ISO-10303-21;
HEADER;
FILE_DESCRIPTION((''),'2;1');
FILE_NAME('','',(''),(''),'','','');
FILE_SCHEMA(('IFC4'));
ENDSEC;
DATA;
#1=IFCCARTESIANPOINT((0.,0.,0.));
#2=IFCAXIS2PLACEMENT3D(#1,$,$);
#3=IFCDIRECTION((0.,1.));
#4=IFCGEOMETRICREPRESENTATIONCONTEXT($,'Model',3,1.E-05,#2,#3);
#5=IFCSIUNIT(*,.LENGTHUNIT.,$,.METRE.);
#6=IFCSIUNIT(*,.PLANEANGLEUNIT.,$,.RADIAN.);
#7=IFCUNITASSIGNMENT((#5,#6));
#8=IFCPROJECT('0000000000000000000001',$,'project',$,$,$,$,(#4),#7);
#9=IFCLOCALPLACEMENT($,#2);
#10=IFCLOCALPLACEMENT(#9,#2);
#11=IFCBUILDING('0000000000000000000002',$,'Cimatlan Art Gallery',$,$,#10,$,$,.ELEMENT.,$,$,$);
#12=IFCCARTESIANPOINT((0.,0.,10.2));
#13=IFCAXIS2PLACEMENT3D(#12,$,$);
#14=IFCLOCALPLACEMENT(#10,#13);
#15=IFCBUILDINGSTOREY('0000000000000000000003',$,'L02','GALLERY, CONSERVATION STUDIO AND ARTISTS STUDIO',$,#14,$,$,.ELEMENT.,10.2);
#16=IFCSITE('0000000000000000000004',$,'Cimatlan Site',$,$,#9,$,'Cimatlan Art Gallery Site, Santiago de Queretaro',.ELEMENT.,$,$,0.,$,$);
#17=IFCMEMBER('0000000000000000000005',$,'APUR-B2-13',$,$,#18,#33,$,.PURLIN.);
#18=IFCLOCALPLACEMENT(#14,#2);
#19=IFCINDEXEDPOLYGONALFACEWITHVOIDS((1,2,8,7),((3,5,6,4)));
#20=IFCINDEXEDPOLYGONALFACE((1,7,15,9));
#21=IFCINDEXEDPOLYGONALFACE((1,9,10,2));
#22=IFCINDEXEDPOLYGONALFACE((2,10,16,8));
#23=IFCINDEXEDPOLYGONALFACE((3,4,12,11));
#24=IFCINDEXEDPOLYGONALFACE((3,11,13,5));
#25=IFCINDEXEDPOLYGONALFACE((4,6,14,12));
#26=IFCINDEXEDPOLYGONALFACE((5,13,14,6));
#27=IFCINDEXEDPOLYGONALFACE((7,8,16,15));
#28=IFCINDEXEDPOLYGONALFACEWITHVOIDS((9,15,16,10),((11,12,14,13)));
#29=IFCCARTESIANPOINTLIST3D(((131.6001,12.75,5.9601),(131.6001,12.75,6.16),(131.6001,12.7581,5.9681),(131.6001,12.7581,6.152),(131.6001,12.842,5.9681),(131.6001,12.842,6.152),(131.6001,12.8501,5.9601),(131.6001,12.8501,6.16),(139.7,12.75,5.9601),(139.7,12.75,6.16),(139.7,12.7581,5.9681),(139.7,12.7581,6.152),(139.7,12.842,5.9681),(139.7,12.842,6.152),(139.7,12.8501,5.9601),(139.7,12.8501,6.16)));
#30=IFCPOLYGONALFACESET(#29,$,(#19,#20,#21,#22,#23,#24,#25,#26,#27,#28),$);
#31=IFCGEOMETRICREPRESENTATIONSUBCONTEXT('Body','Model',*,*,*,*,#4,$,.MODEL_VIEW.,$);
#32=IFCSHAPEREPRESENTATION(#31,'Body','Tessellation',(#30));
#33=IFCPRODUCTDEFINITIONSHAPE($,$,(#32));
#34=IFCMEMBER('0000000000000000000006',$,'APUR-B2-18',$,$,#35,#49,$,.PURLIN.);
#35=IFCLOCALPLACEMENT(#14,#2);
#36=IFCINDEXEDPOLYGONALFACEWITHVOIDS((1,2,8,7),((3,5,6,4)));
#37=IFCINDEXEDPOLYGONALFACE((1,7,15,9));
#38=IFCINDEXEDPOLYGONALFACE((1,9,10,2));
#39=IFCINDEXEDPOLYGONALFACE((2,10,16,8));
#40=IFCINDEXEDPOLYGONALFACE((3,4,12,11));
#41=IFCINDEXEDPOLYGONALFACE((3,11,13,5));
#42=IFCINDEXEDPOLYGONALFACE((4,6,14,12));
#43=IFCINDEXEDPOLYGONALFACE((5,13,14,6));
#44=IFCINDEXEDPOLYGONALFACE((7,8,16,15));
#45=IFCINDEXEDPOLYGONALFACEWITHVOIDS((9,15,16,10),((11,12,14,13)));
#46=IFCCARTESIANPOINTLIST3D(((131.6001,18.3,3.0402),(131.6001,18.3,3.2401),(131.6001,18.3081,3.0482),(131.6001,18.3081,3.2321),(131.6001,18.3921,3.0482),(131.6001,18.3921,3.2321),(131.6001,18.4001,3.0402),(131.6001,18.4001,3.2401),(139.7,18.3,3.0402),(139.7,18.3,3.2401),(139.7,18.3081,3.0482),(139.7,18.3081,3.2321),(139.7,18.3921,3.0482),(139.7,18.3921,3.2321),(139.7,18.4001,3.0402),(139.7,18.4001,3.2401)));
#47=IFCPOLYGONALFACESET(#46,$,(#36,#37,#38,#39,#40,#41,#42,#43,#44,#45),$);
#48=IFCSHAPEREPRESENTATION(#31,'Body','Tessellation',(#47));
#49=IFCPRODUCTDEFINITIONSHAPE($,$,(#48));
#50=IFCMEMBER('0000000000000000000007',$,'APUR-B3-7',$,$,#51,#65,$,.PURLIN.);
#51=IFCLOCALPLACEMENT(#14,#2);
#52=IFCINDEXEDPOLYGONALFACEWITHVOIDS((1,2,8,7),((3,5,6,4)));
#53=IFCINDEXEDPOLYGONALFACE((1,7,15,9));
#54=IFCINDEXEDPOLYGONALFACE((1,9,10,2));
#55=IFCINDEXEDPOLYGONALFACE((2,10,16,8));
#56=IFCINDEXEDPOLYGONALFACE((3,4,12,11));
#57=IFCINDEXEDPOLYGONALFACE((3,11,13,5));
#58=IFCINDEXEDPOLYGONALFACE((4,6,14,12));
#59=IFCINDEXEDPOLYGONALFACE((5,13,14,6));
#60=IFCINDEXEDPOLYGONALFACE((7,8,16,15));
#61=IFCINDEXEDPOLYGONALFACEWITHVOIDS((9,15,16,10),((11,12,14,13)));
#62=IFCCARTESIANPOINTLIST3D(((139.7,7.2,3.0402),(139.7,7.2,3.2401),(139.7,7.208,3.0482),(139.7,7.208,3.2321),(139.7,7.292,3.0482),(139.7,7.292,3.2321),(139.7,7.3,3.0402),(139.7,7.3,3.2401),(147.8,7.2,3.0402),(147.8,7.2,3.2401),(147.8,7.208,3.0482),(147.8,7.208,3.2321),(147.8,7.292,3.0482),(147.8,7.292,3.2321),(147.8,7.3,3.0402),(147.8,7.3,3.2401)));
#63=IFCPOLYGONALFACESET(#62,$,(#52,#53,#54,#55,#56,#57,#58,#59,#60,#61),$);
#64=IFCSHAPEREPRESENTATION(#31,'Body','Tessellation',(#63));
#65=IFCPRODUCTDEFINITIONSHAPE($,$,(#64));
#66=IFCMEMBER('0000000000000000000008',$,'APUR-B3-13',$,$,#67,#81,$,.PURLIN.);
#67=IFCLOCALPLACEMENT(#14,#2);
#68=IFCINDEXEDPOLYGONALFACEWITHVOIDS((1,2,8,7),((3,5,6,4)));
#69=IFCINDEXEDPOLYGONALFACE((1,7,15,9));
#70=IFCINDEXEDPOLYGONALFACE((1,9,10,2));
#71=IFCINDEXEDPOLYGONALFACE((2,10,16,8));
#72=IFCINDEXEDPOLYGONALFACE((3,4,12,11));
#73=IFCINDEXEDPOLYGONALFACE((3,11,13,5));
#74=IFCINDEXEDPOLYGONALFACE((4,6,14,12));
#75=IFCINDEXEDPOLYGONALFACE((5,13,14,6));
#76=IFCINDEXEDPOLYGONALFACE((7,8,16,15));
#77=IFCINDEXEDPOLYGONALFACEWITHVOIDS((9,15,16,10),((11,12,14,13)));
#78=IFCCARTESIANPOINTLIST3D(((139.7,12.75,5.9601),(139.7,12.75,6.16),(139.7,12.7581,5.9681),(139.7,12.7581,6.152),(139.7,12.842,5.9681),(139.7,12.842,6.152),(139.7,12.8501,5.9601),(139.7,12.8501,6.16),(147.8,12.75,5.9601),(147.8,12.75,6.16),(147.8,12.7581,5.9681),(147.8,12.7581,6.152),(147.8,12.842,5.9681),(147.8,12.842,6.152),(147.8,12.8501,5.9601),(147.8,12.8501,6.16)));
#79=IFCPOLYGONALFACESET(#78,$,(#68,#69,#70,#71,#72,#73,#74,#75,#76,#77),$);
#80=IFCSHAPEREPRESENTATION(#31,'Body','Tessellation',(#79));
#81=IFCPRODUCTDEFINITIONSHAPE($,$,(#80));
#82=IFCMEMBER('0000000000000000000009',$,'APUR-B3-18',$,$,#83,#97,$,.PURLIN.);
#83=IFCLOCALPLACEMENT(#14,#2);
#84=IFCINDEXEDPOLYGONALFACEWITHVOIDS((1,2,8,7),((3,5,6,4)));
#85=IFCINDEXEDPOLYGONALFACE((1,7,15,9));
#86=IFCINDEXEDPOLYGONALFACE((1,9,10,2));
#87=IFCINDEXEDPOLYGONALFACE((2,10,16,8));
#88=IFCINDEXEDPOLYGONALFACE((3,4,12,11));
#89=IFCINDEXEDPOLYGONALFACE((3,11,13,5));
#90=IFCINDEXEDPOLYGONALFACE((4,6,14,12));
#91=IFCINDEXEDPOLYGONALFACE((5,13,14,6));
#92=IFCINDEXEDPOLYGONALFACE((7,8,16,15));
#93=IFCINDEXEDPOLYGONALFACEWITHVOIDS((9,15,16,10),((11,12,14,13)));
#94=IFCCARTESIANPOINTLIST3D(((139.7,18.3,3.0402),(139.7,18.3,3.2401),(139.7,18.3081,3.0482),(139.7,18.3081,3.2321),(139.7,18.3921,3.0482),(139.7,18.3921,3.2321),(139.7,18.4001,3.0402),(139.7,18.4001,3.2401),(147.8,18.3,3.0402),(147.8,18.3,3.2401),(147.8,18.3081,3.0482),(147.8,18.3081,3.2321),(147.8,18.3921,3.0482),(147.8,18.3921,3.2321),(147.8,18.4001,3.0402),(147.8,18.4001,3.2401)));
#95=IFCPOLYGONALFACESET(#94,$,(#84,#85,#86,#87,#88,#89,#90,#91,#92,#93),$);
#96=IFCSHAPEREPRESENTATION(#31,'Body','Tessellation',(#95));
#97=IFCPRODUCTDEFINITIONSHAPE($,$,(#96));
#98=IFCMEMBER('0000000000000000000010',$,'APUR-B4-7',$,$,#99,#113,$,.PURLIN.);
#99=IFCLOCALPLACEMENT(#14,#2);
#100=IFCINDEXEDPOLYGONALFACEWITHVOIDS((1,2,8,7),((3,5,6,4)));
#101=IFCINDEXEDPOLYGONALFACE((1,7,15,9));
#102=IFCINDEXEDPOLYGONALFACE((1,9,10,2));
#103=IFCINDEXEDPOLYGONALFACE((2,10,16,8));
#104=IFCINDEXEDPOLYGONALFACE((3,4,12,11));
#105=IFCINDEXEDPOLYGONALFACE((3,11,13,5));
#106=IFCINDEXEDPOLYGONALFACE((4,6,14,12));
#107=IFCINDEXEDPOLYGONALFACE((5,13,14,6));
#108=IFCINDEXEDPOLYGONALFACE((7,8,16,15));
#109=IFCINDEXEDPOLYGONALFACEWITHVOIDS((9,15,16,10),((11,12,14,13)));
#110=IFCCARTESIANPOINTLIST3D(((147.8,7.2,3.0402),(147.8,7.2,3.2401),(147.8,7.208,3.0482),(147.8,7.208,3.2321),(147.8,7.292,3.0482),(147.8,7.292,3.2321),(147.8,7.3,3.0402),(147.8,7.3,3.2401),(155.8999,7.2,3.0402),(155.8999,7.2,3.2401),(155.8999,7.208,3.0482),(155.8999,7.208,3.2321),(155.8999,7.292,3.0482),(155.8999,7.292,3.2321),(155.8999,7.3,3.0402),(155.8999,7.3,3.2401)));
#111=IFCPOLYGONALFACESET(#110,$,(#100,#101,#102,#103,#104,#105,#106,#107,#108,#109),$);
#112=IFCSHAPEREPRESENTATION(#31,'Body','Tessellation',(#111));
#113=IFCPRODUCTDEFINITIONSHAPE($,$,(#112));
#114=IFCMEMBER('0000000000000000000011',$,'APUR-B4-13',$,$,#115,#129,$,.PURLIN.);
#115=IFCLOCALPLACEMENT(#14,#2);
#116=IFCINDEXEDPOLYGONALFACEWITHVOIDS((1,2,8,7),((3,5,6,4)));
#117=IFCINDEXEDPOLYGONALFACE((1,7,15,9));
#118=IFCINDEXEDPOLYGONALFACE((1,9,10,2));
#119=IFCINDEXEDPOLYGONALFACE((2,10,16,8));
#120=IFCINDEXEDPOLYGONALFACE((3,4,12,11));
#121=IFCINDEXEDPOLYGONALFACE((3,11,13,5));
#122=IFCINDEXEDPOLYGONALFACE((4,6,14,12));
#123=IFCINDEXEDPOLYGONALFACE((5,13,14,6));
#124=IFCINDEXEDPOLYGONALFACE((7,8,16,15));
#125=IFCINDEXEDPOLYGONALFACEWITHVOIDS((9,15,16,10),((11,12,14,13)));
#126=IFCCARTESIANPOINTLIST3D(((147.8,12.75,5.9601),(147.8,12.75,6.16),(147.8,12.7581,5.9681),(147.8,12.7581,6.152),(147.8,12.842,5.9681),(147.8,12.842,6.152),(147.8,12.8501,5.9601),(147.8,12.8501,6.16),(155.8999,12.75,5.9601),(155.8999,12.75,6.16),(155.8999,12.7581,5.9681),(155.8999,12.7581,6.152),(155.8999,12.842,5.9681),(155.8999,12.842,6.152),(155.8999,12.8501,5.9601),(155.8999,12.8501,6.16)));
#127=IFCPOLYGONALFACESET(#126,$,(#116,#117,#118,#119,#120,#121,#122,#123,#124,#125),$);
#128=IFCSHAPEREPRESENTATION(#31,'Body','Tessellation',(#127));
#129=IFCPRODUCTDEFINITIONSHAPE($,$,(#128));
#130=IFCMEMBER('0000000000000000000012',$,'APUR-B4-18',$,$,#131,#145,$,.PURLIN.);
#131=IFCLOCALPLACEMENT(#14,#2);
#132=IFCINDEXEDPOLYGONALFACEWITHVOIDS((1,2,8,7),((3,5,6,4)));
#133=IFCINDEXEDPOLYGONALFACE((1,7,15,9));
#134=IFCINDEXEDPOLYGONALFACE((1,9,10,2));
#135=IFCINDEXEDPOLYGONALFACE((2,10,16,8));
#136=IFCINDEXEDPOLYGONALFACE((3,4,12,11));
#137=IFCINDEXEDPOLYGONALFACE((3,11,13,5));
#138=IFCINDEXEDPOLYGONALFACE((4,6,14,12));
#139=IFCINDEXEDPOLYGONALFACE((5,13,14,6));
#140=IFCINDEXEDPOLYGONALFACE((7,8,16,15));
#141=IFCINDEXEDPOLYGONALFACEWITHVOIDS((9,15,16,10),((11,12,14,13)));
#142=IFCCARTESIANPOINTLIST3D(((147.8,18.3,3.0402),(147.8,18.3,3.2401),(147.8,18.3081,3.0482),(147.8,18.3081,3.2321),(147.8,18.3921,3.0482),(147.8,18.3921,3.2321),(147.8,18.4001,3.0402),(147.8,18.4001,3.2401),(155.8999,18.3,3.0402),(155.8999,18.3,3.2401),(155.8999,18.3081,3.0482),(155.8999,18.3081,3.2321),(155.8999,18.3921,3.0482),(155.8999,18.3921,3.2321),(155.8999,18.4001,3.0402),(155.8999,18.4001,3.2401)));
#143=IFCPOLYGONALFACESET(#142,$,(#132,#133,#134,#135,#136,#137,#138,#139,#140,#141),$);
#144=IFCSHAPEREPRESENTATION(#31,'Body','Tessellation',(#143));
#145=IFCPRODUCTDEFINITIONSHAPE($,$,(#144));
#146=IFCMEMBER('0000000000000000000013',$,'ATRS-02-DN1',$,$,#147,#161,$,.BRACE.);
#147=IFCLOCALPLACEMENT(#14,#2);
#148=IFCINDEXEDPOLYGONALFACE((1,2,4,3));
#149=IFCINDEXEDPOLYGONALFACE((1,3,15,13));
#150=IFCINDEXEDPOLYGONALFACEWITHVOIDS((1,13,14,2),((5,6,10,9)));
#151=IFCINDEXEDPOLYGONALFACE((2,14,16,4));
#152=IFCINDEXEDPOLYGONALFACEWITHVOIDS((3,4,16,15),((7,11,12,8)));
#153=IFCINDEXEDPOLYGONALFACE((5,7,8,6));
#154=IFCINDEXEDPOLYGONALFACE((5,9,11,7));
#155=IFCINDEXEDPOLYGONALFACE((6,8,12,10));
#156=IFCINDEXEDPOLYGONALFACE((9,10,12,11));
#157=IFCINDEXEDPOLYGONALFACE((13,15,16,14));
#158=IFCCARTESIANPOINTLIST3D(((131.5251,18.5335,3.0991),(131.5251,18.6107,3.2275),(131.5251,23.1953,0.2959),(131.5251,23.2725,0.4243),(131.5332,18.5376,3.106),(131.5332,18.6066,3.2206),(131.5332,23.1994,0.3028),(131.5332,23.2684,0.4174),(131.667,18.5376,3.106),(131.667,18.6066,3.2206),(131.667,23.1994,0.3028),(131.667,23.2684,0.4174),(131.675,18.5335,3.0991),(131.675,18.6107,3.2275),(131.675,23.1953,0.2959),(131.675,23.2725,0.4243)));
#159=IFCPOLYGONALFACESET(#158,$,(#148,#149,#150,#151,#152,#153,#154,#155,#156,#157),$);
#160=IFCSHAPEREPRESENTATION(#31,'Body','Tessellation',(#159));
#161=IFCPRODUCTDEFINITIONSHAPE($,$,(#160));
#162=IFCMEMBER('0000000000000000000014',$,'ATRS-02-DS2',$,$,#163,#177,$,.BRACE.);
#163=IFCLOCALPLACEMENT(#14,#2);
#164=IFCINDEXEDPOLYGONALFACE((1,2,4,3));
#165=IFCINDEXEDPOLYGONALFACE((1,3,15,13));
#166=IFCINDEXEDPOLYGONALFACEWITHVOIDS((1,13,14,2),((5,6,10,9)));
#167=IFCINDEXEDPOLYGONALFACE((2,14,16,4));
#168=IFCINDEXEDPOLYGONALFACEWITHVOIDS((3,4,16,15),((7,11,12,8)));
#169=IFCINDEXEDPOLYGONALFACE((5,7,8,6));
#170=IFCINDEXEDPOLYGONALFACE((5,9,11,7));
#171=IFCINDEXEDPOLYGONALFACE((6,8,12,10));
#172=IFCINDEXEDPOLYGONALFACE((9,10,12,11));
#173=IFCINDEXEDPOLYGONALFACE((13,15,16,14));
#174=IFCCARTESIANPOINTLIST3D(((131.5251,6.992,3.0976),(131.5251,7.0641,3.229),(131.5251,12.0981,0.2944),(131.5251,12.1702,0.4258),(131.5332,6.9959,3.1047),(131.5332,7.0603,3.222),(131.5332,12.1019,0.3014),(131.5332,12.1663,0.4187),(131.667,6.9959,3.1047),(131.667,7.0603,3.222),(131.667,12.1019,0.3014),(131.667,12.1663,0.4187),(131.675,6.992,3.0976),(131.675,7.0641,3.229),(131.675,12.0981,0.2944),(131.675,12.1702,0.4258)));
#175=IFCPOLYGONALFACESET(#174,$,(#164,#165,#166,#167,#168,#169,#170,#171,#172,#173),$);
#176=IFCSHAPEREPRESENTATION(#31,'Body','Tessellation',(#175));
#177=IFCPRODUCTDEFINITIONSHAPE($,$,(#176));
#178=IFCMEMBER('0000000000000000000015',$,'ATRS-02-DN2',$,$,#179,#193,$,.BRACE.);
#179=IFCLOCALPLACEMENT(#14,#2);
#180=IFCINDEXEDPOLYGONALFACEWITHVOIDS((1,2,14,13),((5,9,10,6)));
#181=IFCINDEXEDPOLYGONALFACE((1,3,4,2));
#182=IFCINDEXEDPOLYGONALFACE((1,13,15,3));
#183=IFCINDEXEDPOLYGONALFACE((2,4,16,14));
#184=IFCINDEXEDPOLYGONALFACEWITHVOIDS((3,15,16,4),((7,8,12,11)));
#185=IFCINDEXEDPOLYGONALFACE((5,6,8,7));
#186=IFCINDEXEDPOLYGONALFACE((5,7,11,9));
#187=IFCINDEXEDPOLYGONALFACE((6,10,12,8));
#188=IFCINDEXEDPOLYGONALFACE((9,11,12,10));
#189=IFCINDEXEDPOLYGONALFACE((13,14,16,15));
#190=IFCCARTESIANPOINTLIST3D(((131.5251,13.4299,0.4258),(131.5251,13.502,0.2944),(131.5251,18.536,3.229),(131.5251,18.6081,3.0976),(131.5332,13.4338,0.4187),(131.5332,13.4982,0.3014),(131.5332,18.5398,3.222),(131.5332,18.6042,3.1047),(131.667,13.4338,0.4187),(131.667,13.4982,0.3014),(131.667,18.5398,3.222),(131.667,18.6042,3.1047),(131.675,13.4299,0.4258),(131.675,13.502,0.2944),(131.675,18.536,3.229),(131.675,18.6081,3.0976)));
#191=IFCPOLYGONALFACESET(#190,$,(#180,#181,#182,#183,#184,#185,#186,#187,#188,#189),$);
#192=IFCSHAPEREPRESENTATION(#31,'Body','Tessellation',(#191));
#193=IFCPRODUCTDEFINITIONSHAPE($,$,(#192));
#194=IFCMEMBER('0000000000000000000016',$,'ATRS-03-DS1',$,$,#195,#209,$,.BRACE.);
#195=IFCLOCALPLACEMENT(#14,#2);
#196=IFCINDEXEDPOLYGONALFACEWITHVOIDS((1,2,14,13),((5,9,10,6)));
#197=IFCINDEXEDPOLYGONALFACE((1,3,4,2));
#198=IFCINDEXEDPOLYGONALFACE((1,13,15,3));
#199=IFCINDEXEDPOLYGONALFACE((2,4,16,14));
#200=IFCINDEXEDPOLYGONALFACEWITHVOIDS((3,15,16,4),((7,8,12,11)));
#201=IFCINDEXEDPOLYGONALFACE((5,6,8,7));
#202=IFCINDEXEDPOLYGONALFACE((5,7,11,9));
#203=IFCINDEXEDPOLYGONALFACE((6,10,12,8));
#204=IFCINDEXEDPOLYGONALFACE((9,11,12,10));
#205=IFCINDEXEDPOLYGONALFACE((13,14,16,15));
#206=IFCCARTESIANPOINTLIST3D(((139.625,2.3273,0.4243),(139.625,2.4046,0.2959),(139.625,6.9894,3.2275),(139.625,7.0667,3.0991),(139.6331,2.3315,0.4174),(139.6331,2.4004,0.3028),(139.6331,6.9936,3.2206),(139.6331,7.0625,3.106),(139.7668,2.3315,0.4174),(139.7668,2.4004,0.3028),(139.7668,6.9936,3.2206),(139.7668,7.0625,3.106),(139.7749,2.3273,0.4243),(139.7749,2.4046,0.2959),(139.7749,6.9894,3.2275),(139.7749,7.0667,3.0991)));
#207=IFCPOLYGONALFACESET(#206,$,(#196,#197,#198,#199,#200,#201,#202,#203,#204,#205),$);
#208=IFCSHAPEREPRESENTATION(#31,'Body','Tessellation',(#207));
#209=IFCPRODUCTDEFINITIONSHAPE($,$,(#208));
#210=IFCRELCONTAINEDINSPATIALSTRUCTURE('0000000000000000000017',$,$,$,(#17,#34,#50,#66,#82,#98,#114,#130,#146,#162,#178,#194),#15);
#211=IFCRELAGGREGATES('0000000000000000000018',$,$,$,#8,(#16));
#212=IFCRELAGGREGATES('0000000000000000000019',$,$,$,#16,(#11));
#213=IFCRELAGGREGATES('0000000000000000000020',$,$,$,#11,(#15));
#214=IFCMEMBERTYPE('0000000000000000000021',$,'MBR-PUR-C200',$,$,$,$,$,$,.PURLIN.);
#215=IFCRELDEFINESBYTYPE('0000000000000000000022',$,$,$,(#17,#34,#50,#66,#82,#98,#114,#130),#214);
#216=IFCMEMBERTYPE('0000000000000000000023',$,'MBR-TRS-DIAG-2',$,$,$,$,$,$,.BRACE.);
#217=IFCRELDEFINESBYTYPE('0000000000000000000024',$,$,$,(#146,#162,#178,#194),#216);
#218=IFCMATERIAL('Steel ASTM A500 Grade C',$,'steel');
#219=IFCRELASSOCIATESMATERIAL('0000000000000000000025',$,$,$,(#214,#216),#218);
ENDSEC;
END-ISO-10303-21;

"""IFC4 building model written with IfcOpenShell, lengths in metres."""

from ifc_helpers import new_model, si_unit, direction, frame, origin, origin_2d, place, context, subcontext, project, spatial, hollow_rectangle, extrude, material, material_profile, profile_set, type_object, element, save


model = new_model("IFC4")

# Units and contexts
model_context = context("Model", 3, precision=1e-05, world=origin(), true_north=direction((0.0, 1.0)))
body_context = subcontext(model_context, "Body", "Model", "MODEL_VIEW")
ifc_project = project(units=[si_unit("LENGTHUNIT", "METRE"), si_unit("PLANEANGLEUNIT", "RADIAN")], contexts=[model_context])

# Site, building, storey
site_placement = place(None, origin())
site = spatial("IfcSite", under=ifc_project, at=site_placement, Name="Cimatlan Site", LongName="Cimatlan Art Gallery Site, Santiago de Queretaro", CompositionType="ELEMENT", RefElevation=0.0)
building_placement = place(site_placement, origin())
building = spatial("IfcBuilding", under=site, at=building_placement, Name="Cimatlan Art Gallery", CompositionType="ELEMENT")
storey_placement = place(building_placement, frame((0.0, 0.0, 10.2)))
storey = spatial("IfcBuildingStorey", under=building, at=storey_placement, Name="L02", Description="GALLERY, CONSERVATION STUDIO AND ARTISTS STUDIO", CompositionType="ELEMENT", Elevation=10.2)

# Members
ifc_material_1 = material(Name="Steel ASTM A500 Grade C", Category="steel")
ifc_material_profile_1 = material_profile(ifc_material_1, hollow_rectangle(XDim=0.1001, YDim=0.2, WallThickness=0.0081, at=origin_2d()), Name="HSS200X100X8")
ifc_profile_set_1 = profile_set([ifc_material_profile_1], Name="Steel ASTM A500 Grade C")
member_type_1 = type_object("IfcMemberType", Name="MBR-PUR-C200", PredefinedType="PURLIN", material=ifc_profile_set_1)
for number, where, z_axis, x_axis, name in (
    (1, (131.6001, 12.8, 6.0601), (1.0, 0.0, 0.0), (0.0, 1.0, 0.0), "APUR-B2-13"),
    (2, (131.6001, 18.3501, 3.1401), (1.0, 0.0, 0.0), (0.0, 1.0, 0.0), "APUR-B2-18"),
):
    element("IfcMember", number, at=place(storey_placement, frame(where, z_axis=z_axis, x_axis=x_axis)), inside=storey, type_object=member_type_1, Name=name, PredefinedType="PURLIN", context=body_context, shape_type="SweptSolid", body=[
        extrude(hollow_rectangle(XDim=0.1001, YDim=0.2, WallThickness=0.0081, at=origin_2d()), origin(), (0.0, 0.0, 1.0), 8.0999),
    ])
for number, where, z_axis, x_axis, name in (
    (3, (139.7, 7.25, 3.1401), (1.0, 0.0, 0.0), (0.0, 1.0, 0.0), "APUR-B3-7"),
    (4, (139.7, 12.8, 6.0601), (1.0, 0.0, 0.0), (0.0, 1.0, 0.0), "APUR-B3-13"),
    (5, (139.7, 18.3501, 3.1401), (1.0, 0.0, 0.0), (0.0, 1.0, 0.0), "APUR-B3-18"),
):
    element("IfcMember", number, at=place(storey_placement, frame(where, z_axis=z_axis, x_axis=x_axis)), inside=storey, type_object=member_type_1, Name=name, PredefinedType="PURLIN", context=body_context, shape_type="SweptSolid", body=[
        extrude(hollow_rectangle(XDim=0.1001, YDim=0.2, WallThickness=0.0081, at=origin_2d()), origin(), (0.0, 0.0, 1.0), 8.1001),
    ])
for number, where, z_axis, x_axis, name in (
    (6, (147.8, 7.25, 3.1401), (1.0, 0.0, 0.0), (0.0, 1.0, 0.0), "APUR-B4-7"),
    (7, (147.8, 12.8, 6.0601), (1.0, 0.0, 0.0), (0.0, 1.0, 0.0), "APUR-B4-13"),
    (8, (147.8, 18.3501, 3.1401), (1.0, 0.0, 0.0), (0.0, 1.0, 0.0), "APUR-B4-18"),
):
    element("IfcMember", number, at=place(storey_placement, frame(where, z_axis=z_axis, x_axis=x_axis)), inside=storey, type_object=member_type_1, Name=name, PredefinedType="PURLIN", context=body_context, shape_type="SweptSolid", body=[
        extrude(hollow_rectangle(XDim=0.1001, YDim=0.2, WallThickness=0.0081, at=origin_2d()), origin(), (0.0, 0.0, 1.0), 8.0999),
    ])
ifc_material_profile_2 = material_profile(ifc_material_1, hollow_rectangle(XDim=0.1499, YDim=0.1499, WallThickness=0.0081, at=origin_2d()), Name="HSS150X150X8")
ifc_profile_set_2 = profile_set([ifc_material_profile_2], Name="Steel ASTM A500 Grade C")
member_type_2 = type_object("IfcMemberType", Name="MBR-TRS-DIAG-2", PredefinedType="BRACE", material=ifc_profile_set_2)
member_1_placement = place(storey_placement, frame((131.6001, 23.2339, 0.3601), z_axis=(0.0, -0.856998, 0.515321), x_axis=(1.0, 0.0, 0.0)))
element("IfcMember", 9, at=member_1_placement, inside=storey, type_object=member_type_2, Name="ATRS-02-DN1", PredefinedType="BRACE", context=body_context, shape_type="SweptSolid", body=[
    extrude(hollow_rectangle(XDim=0.1499, YDim=0.1499, WallThickness=0.0081, at=origin_2d()), origin(), (0.0, 0.0, 1.0), 5.4397),
])
for number, where, z_axis, x_axis, name in (
    (10, (131.6001, 7.0281, 3.1633), (0.0, 0.876582, -0.481252), (-1.0, 0.0, 0.0), "ATRS-02-DS2"),
    (11, (131.6001, 18.572, 3.1633), (0.0, -0.876582, -0.481252), (1.0, 0.0, 0.0), "ATRS-02-DN2"),
):
    element("IfcMember", number, at=place(storey_placement, frame(where, z_axis=z_axis, x_axis=x_axis)), inside=storey, type_object=member_type_2, Name=name, PredefinedType="BRACE", context=body_context, shape_type="SweptSolid", body=[
        extrude(hollow_rectangle(XDim=0.1499, YDim=0.1499, WallThickness=0.0081, at=origin_2d()), origin(), (0.0, 0.0, 1.0), 5.825),
    ])
member_2_placement = place(storey_placement, frame((139.7, 2.366, 0.3601), z_axis=(0.0, 0.857009, 0.515301), x_axis=(-1.0, 0.0, 0.0)))
element("IfcMember", 12, at=member_2_placement, inside=storey, type_object=member_type_2, Name="ATRS-03-DS1", PredefinedType="BRACE", context=body_context, shape_type="SweptSolid", body=[
    extrude(hollow_rectangle(XDim=0.1499, YDim=0.1499, WallThickness=0.0081, at=origin_2d()), origin(), (0.0, 0.0, 1.0), 5.4399),
])

save(model, "model.ifc")
